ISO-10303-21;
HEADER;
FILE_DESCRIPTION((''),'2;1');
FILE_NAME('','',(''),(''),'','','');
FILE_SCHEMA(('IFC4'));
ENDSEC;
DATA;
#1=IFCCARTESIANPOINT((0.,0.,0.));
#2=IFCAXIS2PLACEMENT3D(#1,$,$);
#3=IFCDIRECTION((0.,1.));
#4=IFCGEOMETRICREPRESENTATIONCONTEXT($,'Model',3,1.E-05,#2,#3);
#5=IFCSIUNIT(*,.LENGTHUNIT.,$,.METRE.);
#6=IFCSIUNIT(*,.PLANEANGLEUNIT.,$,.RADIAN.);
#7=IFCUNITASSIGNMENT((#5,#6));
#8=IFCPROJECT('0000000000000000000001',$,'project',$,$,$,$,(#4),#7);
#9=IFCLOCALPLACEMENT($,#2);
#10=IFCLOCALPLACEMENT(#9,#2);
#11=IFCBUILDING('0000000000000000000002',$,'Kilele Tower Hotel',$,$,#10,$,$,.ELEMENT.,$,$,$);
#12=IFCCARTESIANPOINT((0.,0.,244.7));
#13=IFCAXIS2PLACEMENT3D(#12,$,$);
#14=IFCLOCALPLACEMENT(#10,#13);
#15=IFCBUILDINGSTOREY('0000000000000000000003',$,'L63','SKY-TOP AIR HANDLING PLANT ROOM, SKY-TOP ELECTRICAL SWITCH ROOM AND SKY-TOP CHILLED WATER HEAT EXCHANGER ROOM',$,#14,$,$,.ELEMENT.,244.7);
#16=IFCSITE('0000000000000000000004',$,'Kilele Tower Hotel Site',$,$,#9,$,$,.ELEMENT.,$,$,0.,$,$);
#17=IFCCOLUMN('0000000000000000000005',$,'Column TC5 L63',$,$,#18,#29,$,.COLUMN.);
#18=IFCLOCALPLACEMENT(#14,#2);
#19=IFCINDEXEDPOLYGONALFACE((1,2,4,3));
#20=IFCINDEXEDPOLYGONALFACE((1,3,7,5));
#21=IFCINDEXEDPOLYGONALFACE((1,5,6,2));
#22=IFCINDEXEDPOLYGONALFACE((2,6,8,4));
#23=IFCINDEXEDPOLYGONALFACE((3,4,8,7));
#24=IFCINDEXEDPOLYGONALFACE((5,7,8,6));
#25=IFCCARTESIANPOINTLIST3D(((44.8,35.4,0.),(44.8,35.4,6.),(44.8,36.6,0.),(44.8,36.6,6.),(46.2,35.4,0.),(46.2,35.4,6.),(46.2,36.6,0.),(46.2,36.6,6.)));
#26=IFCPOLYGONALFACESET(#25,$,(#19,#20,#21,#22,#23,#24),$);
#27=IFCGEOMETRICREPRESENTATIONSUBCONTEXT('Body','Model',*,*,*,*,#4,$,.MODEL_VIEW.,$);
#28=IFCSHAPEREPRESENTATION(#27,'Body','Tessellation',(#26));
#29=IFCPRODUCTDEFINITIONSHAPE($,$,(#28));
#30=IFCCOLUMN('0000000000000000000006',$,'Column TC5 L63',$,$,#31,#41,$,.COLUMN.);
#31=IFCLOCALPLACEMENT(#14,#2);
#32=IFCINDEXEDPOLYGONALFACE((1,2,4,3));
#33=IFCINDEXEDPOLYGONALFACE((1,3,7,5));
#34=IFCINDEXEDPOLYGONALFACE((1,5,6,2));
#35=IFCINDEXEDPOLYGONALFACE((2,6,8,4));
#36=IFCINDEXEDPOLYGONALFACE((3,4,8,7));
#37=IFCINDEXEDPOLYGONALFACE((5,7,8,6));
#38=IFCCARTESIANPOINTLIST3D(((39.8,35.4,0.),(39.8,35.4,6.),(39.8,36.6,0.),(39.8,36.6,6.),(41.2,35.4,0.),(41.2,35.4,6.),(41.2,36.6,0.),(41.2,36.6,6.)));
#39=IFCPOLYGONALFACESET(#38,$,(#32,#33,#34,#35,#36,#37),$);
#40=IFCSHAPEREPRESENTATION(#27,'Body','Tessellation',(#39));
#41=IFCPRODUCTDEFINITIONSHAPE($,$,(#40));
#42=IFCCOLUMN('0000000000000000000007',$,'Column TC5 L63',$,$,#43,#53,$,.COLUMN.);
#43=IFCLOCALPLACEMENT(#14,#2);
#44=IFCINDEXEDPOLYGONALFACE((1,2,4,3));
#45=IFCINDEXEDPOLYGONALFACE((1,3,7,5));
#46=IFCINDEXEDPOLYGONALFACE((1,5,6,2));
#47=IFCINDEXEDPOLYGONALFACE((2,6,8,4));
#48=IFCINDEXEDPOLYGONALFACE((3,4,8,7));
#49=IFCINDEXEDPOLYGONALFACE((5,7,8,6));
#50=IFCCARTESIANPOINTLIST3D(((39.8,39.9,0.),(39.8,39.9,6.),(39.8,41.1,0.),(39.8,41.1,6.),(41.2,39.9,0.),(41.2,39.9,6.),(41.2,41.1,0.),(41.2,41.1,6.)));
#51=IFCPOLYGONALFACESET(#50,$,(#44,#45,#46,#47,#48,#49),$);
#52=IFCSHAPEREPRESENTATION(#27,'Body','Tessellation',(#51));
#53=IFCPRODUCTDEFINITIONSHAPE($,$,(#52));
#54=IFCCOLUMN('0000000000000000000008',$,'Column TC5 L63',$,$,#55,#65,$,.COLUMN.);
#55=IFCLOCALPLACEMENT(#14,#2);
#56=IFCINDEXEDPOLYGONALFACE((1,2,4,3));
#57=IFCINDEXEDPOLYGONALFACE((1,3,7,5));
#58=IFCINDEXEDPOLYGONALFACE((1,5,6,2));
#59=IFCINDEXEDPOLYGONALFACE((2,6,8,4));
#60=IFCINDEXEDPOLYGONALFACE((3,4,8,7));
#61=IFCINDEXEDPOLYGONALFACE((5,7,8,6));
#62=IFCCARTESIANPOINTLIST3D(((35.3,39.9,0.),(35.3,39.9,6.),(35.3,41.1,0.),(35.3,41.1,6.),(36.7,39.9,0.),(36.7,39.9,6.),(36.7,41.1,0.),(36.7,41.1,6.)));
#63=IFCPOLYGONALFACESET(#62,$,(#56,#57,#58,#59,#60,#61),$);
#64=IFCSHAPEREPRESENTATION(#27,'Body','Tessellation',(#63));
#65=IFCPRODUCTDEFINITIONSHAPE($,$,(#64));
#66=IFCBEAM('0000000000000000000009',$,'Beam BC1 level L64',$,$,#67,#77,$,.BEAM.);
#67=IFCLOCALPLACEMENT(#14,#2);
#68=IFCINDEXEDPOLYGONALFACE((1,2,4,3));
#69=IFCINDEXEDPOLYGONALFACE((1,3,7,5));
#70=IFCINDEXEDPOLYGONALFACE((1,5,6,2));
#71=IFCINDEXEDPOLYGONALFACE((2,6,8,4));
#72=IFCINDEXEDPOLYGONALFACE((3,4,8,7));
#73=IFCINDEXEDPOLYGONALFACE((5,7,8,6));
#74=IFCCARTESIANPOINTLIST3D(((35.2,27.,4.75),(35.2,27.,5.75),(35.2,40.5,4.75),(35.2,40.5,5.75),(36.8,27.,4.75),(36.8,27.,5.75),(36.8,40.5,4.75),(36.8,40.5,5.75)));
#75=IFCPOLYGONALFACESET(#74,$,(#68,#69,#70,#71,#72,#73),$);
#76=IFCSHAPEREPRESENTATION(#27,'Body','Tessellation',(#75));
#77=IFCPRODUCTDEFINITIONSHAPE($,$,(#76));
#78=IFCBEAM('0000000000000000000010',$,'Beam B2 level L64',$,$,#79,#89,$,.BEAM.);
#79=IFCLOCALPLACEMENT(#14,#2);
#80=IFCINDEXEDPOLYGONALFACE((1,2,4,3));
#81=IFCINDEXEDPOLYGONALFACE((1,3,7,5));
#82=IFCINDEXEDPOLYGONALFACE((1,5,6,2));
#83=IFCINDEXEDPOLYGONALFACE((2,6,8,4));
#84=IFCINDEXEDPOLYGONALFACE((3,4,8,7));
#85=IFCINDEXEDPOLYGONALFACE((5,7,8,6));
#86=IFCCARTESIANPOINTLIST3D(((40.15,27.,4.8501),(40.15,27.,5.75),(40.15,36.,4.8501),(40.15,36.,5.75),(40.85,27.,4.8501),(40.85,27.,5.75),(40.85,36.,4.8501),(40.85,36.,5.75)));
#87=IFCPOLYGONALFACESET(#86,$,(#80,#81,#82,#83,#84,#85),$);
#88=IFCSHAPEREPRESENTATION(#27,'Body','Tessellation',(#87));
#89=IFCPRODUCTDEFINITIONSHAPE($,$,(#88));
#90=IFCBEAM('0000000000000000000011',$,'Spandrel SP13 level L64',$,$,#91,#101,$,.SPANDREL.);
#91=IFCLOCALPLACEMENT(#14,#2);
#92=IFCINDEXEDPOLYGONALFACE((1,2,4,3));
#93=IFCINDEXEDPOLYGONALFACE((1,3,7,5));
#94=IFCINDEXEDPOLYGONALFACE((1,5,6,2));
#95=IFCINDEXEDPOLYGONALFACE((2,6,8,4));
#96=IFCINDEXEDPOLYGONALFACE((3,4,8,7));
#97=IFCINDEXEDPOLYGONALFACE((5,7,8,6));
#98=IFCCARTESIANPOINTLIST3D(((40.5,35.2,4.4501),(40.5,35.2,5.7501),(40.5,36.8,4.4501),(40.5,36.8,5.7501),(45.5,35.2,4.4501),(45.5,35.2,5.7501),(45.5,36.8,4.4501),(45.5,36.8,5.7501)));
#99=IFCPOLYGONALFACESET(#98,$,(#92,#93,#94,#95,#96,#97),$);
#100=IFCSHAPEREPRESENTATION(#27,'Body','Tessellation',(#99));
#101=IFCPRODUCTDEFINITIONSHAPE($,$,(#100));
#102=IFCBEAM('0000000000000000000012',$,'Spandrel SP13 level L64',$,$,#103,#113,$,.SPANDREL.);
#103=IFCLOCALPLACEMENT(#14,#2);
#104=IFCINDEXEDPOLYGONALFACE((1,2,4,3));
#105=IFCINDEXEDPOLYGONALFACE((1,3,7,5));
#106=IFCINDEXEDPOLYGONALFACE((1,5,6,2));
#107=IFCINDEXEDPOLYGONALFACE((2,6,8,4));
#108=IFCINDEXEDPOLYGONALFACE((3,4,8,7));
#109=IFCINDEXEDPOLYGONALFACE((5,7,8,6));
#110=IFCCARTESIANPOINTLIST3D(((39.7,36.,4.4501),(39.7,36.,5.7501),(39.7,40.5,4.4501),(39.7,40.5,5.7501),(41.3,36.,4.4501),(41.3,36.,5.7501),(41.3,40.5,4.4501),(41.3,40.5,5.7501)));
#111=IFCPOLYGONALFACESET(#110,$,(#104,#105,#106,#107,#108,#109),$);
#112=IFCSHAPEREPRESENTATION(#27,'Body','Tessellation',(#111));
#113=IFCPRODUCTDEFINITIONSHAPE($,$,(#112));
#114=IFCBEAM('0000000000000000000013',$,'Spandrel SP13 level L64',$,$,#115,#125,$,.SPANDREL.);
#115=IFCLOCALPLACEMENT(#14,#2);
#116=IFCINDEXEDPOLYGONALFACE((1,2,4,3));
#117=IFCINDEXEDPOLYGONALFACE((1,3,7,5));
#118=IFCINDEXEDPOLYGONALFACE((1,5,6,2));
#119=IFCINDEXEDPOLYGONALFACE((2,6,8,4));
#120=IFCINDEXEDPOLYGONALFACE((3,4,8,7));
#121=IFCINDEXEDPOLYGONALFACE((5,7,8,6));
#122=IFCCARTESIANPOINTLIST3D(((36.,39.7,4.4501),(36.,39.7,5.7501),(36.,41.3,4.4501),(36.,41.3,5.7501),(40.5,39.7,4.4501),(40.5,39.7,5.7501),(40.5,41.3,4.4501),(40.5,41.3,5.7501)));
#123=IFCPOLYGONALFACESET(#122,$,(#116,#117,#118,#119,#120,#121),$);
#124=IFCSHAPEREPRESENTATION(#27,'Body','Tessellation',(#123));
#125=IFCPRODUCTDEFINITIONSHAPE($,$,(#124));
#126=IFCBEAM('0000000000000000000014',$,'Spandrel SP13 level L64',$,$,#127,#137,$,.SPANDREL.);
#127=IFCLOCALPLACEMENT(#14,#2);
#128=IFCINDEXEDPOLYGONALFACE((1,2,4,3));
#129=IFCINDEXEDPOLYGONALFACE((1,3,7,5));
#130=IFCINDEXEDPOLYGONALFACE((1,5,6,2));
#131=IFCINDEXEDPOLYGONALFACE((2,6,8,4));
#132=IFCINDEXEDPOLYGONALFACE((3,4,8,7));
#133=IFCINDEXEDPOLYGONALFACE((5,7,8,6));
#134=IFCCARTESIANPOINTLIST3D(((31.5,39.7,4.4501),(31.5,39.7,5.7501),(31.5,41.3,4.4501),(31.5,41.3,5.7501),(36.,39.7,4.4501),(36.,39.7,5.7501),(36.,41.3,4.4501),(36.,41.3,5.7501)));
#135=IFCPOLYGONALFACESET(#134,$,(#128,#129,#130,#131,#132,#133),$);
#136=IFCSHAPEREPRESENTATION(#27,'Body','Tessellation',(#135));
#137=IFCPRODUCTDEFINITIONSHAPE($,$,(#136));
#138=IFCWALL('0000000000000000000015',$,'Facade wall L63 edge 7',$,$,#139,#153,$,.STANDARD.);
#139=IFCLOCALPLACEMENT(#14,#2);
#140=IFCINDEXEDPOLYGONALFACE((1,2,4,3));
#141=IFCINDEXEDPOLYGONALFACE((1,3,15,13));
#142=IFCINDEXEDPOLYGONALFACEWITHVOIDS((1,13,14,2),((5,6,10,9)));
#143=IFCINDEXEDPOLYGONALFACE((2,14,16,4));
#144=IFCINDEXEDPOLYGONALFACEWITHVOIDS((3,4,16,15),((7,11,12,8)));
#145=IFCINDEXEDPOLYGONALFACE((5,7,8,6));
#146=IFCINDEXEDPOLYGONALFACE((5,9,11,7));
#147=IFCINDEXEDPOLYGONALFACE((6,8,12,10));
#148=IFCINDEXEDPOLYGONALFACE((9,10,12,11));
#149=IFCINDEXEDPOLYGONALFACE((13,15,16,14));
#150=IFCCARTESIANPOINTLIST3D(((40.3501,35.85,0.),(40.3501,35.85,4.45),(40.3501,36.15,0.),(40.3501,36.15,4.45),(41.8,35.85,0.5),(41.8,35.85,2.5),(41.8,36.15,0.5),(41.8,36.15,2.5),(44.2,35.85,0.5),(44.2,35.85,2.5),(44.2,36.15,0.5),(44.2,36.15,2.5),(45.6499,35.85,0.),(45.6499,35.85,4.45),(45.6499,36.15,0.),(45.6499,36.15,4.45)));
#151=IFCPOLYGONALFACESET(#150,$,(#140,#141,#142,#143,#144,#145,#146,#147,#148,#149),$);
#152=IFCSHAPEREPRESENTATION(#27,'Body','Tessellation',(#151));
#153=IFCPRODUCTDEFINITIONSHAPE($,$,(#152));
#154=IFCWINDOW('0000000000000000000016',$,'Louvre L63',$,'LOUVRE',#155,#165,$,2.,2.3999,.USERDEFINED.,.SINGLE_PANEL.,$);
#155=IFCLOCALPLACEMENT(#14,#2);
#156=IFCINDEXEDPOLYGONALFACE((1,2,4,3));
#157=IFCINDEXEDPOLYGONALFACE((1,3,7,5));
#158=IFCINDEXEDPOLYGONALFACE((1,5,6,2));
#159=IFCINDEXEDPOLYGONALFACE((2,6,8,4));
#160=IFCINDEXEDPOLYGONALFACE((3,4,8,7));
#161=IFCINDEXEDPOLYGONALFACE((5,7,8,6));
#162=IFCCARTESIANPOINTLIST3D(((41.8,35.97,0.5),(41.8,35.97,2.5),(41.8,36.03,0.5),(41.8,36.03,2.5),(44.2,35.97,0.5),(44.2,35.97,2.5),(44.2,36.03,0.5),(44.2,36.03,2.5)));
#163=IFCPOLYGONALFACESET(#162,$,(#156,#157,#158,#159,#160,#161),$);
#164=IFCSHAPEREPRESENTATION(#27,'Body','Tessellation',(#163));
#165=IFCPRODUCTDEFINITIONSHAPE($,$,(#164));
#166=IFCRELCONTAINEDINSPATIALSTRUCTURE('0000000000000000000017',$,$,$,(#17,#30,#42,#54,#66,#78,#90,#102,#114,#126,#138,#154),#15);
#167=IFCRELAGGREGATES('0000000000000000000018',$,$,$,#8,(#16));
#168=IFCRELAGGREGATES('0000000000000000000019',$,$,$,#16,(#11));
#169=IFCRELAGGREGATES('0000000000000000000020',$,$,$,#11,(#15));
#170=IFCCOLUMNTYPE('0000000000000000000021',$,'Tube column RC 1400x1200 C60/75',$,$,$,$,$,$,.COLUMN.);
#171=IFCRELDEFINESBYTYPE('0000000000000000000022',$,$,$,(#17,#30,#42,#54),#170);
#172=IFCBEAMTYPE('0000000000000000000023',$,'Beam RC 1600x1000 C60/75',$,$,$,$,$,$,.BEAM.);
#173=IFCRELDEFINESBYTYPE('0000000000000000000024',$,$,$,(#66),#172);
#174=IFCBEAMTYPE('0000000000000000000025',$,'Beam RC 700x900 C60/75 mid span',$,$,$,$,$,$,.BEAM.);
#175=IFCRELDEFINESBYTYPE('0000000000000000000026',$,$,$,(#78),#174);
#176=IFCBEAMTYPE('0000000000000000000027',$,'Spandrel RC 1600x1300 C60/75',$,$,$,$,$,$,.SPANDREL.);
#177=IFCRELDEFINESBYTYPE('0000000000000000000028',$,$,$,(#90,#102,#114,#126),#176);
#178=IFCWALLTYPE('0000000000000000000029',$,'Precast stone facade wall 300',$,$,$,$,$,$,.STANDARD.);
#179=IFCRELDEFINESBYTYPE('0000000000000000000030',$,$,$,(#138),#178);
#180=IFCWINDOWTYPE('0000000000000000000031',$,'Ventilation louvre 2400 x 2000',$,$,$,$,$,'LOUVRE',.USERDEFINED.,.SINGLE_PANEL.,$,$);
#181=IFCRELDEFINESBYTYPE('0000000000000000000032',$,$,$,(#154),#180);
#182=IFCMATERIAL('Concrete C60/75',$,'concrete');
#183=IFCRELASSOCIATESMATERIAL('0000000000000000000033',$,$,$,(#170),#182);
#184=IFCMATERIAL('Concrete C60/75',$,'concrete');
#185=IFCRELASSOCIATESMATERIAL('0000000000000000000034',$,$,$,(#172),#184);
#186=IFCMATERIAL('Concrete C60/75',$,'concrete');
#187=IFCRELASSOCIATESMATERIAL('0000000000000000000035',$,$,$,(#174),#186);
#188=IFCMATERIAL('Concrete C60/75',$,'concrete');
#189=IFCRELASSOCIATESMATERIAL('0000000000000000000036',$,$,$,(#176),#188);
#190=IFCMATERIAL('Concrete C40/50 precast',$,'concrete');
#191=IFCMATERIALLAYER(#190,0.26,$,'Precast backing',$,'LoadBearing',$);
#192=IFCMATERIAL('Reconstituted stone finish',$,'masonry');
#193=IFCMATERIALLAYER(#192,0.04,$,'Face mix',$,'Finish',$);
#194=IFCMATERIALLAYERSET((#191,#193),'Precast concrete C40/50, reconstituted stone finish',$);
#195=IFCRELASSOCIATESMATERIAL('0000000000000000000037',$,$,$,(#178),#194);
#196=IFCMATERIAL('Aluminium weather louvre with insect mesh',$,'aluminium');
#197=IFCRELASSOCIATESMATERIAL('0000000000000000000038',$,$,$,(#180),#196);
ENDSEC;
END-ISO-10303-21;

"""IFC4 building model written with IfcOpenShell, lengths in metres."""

from ifc_helpers import new_model, si_unit, direction, frame, frame_2d, origin, origin_2d, place, context, subcontext, project, spatial, rectangle, extrude, material, layer, layer_set, material_profile, profile_set, type_object, element, fill, save


model = new_model("IFC4")

# Units and contexts
model_context = context("Model", 3, precision=1e-05, world=origin(), true_north=direction((0.0, 1.0)))
body_context = subcontext(model_context, "Body", "Model", "MODEL_VIEW")
ifc_project = project(units=[si_unit("LENGTHUNIT", "METRE"), si_unit("PLANEANGLEUNIT", "RADIAN")], contexts=[model_context])

# Site, building, storey
site_placement = place(None, origin())
site = spatial("IfcSite", under=ifc_project, at=site_placement, Name="Kilele Tower Hotel Site", CompositionType="ELEMENT", RefElevation=0.0)
building_placement = place(site_placement, origin())
building = spatial("IfcBuilding", under=site, at=building_placement, Name="Kilele Tower Hotel", CompositionType="ELEMENT")
storey_placement = place(building_placement, frame((0.0, 0.0, 244.7)))
storey = spatial("IfcBuildingStorey", under=building, at=storey_placement, Name="L63", Description="SKY-TOP AIR HANDLING PLANT ROOM, SKY-TOP ELECTRICAL SWITCH ROOM AND SKY-TOP CHILLED WATER HEAT EXCHANGER ROOM", CompositionType="ELEMENT", Elevation=244.7)

# Columns
ifc_material_1 = material(Name="Concrete C60/75", Category="concrete")
ifc_material_profile_1 = material_profile(ifc_material_1, rectangle(XDim=1.3999, YDim=1.2, at=origin_2d()))
ifc_profile_set_1 = profile_set([ifc_material_profile_1], Name="Concrete C60/75")
column_type = type_object("IfcColumnType", Name="Tube column RC 1400x1200 C60/75", PredefinedType="COLUMN", material=ifc_profile_set_1)
for number, where, z_axis, x_axis, name in (
    (1, (45.5, 36.0, 0.0), (0.0, 0.0, 1.0), (1.0, 0.0, 0.0), "Column TC5 L63"),
    (2, (40.5, 36.0, 0.0), (0.0, 0.0, 1.0), (1.0, 0.0, 0.0), "Column TC5 L63"),
    (3, (40.5, 40.5, 0.0), (0.0, 0.0, 1.0), (1.0, 0.0, 0.0), "Column TC5 L63"),
    (4, (36.0, 40.5, 0.0), (0.0, 0.0, 1.0), (1.0, 0.0, 0.0), "Column TC5 L63"),
):
    element("IfcColumn", number, at=place(storey_placement, frame(where, z_axis=z_axis, x_axis=x_axis)), inside=storey, type_object=column_type, Name=name, PredefinedType="COLUMN", context=body_context, shape_type="SweptSolid", body=[
        extrude(rectangle(XDim=1.3999, YDim=1.2, at=origin_2d()), origin(), (0.0, 0.0, 1.0), 6.0),
    ])

# Beams
ifc_material_2 = material(Name="Concrete C60/75", Category="concrete")
ifc_material_profile_2 = material_profile(ifc_material_2, rectangle(XDim=1.6001, YDim=1.0, at=origin_2d()))
ifc_profile_set_2 = profile_set([ifc_material_profile_2], Name="Concrete C60/75")
beam_type_1 = type_object("IfcBeamType", Name="Beam RC 1600x1000 C60/75", PredefinedType="BEAM", material=ifc_profile_set_2)
beam_1_placement = place(storey_placement, frame((36.0, 40.5, 5.25), z_axis=(0.0, -1.0, 0.0), x_axis=(1.0, 0.0, 0.0)))
element("IfcBeam", 5, at=beam_1_placement, inside=storey, type_object=beam_type_1, Name="Beam BC1 level L64", PredefinedType="BEAM", context=body_context, shape_type="SweptSolid", body=[
    extrude(rectangle(XDim=1.6001, YDim=1.0, at=origin_2d()), origin(), (0.0, 0.0, 1.0), 13.5),
])
ifc_material_3 = material(Name="Concrete C60/75", Category="concrete")
ifc_material_profile_3 = material_profile(ifc_material_3, rectangle(XDim=0.7, YDim=0.8999, at=origin_2d()))
ifc_profile_set_3 = profile_set([ifc_material_profile_3], Name="Concrete C60/75")
beam_type_2 = type_object("IfcBeamType", Name="Beam RC 700x900 C60/75 mid span", PredefinedType="BEAM", material=ifc_profile_set_3)
beam_2_placement = place(storey_placement, frame((40.5, 36.0, 5.3), z_axis=(0.0, -1.0, 0.0), x_axis=(1.0, 0.0, 0.0)))
element("IfcBeam", 6, at=beam_2_placement, inside=storey, type_object=beam_type_2, Name="Beam B2 level L64", PredefinedType="BEAM", context=body_context, shape_type="SweptSolid", body=[
    extrude(rectangle(XDim=0.7, YDim=0.8999, at=origin_2d()), origin(), (0.0, 0.0, 1.0), 9.0),
])
ifc_material_4 = material(Name="Concrete C60/75", Category="concrete")
ifc_material_profile_4 = material_profile(ifc_material_4, rectangle(XDim=1.6001, YDim=1.3, at=origin_2d()))
ifc_profile_set_4 = profile_set([ifc_material_profile_4], Name="Concrete C60/75")
beam_type_3 = type_object("IfcBeamType", Name="Spandrel RC 1600x1300 C60/75", PredefinedType="SPANDREL", material=ifc_profile_set_4)
beam_3_placement = place(storey_placement, frame((45.5, 36.0, 5.1001), z_axis=(-1.0, 0.0, 0.0), x_axis=(0.0, -1.0, 0.0)))
element("IfcBeam", 7, at=beam_3_placement, inside=storey, type_object=beam_type_3, Name="Spandrel SP13 level L64", PredefinedType="SPANDREL", context=body_context, shape_type="SweptSolid", body=[
    extrude(rectangle(XDim=1.6001, YDim=1.3, at=origin_2d()), origin(), (0.0, 0.0, 1.0), 5.0),
])
for number, where, z_axis, x_axis, name in (
    (8, (40.5, 36.0, 5.1001), (0.0, 1.0, 0.0), (-1.0, 0.0, 0.0), "Spandrel SP13 level L64"),
    (9, (40.5, 40.5, 5.1001), (-1.0, 0.0, 0.0), (0.0, -1.0, 0.0), "Spandrel SP13 level L64"),
    (10, (36.0, 40.5, 5.1001), (-1.0, 0.0, 0.0), (0.0, -1.0, 0.0), "Spandrel SP13 level L64"),
):
    element("IfcBeam", number, at=place(storey_placement, frame(where, z_axis=z_axis, x_axis=x_axis)), inside=storey, type_object=beam_type_3, Name=name, PredefinedType="SPANDREL", context=body_context, shape_type="SweptSolid", body=[
        extrude(rectangle(XDim=1.6001, YDim=1.3, at=origin_2d()), origin(), (0.0, 0.0, 1.0), 4.5),
    ])

# Wall, opening, window
ifc_material_5 = material(Name="Concrete C40/50 precast", Category="concrete")
ifc_layer_1 = layer(ifc_material_5, 0.26, Name="Precast backing", Category="LoadBearing")
ifc_material_6 = material(Name="Reconstituted stone finish", Category="masonry")
ifc_layer_2 = layer(ifc_material_6, 0.04, Name="Face mix", Category="Finish")
ifc_layer_set = layer_set([ifc_layer_1, ifc_layer_2], Name="Precast concrete C40/50, reconstituted stone finish")
wall_type = type_object("IfcWallType", Name="Precast stone facade wall 300", PredefinedType="STANDARD", material=ifc_layer_set)
wall_1_placement = place(storey_placement, frame((45.6499, 36.0, 0.0), z_axis=(0.0, 0.0, 1.0), x_axis=(-1.0, 0.0, 0.0)))
wall_1 = element("IfcWall", 11, at=wall_1_placement, inside=storey, type_object=wall_type, Name="Facade wall L63 edge 7", PredefinedType="STANDARD", context=body_context, shape_type="SweptSolid", body=[
    extrude(rectangle(XDim=5.2998, YDim=0.3, at=frame_2d((2.6499, 0.0))), origin(), (0.0, 0.0, 1.0), 4.45),
])
opening_1_placement = place(wall_1_placement, frame((1.45, 0.0, 0.5)))
opening_1 = element("IfcOpeningElement", 12, at=opening_1_placement, cuts=wall_1, PredefinedType="OPENING", context=body_context, shape_type="SweptSolid", body=[
    extrude(rectangle(XDim=2.3999, YDim=2.0, at=frame_2d((1.2, 1.0))), frame((0.0, 0.1599, 0.0), z_axis=(0.0, -1.0, 0.0), x_axis=(1.0, 0.0, 0.0)), (0.0, 0.0, 1.0), 0.3201),
])
ifc_material_7 = material(Name="Aluminium weather louvre with insect mesh", Category="aluminium")
window_type = type_object("IfcWindowType", Name="Ventilation louvre 2400 x 2000", ElementType="LOUVRE", PartitioningType="SINGLE_PANEL", PredefinedType="USERDEFINED", material=ifc_material_7)
window_1_placement = place(opening_1_placement, origin())
window_1 = element("IfcWindow", 13, at=window_1_placement, inside=storey, type_object=window_type, Name="Louvre L63", ObjectType="LOUVRE", OverallHeight=2.0, OverallWidth=2.3999, PartitioningType="SINGLE_PANEL", PredefinedType="USERDEFINED", context=body_context, shape_type="SweptSolid", body=[
    extrude(rectangle(XDim=2.3999, YDim=2.0, at=frame_2d((1.2, 1.0))), frame((0.0, 0.03, 0.0), z_axis=(0.0, -1.0, 0.0), x_axis=(1.0, 0.0, 0.0)), (0.0, 0.0, 1.0), 0.0601),
])
fill(opening_1, window_1)

save(model, "model.ifc")
